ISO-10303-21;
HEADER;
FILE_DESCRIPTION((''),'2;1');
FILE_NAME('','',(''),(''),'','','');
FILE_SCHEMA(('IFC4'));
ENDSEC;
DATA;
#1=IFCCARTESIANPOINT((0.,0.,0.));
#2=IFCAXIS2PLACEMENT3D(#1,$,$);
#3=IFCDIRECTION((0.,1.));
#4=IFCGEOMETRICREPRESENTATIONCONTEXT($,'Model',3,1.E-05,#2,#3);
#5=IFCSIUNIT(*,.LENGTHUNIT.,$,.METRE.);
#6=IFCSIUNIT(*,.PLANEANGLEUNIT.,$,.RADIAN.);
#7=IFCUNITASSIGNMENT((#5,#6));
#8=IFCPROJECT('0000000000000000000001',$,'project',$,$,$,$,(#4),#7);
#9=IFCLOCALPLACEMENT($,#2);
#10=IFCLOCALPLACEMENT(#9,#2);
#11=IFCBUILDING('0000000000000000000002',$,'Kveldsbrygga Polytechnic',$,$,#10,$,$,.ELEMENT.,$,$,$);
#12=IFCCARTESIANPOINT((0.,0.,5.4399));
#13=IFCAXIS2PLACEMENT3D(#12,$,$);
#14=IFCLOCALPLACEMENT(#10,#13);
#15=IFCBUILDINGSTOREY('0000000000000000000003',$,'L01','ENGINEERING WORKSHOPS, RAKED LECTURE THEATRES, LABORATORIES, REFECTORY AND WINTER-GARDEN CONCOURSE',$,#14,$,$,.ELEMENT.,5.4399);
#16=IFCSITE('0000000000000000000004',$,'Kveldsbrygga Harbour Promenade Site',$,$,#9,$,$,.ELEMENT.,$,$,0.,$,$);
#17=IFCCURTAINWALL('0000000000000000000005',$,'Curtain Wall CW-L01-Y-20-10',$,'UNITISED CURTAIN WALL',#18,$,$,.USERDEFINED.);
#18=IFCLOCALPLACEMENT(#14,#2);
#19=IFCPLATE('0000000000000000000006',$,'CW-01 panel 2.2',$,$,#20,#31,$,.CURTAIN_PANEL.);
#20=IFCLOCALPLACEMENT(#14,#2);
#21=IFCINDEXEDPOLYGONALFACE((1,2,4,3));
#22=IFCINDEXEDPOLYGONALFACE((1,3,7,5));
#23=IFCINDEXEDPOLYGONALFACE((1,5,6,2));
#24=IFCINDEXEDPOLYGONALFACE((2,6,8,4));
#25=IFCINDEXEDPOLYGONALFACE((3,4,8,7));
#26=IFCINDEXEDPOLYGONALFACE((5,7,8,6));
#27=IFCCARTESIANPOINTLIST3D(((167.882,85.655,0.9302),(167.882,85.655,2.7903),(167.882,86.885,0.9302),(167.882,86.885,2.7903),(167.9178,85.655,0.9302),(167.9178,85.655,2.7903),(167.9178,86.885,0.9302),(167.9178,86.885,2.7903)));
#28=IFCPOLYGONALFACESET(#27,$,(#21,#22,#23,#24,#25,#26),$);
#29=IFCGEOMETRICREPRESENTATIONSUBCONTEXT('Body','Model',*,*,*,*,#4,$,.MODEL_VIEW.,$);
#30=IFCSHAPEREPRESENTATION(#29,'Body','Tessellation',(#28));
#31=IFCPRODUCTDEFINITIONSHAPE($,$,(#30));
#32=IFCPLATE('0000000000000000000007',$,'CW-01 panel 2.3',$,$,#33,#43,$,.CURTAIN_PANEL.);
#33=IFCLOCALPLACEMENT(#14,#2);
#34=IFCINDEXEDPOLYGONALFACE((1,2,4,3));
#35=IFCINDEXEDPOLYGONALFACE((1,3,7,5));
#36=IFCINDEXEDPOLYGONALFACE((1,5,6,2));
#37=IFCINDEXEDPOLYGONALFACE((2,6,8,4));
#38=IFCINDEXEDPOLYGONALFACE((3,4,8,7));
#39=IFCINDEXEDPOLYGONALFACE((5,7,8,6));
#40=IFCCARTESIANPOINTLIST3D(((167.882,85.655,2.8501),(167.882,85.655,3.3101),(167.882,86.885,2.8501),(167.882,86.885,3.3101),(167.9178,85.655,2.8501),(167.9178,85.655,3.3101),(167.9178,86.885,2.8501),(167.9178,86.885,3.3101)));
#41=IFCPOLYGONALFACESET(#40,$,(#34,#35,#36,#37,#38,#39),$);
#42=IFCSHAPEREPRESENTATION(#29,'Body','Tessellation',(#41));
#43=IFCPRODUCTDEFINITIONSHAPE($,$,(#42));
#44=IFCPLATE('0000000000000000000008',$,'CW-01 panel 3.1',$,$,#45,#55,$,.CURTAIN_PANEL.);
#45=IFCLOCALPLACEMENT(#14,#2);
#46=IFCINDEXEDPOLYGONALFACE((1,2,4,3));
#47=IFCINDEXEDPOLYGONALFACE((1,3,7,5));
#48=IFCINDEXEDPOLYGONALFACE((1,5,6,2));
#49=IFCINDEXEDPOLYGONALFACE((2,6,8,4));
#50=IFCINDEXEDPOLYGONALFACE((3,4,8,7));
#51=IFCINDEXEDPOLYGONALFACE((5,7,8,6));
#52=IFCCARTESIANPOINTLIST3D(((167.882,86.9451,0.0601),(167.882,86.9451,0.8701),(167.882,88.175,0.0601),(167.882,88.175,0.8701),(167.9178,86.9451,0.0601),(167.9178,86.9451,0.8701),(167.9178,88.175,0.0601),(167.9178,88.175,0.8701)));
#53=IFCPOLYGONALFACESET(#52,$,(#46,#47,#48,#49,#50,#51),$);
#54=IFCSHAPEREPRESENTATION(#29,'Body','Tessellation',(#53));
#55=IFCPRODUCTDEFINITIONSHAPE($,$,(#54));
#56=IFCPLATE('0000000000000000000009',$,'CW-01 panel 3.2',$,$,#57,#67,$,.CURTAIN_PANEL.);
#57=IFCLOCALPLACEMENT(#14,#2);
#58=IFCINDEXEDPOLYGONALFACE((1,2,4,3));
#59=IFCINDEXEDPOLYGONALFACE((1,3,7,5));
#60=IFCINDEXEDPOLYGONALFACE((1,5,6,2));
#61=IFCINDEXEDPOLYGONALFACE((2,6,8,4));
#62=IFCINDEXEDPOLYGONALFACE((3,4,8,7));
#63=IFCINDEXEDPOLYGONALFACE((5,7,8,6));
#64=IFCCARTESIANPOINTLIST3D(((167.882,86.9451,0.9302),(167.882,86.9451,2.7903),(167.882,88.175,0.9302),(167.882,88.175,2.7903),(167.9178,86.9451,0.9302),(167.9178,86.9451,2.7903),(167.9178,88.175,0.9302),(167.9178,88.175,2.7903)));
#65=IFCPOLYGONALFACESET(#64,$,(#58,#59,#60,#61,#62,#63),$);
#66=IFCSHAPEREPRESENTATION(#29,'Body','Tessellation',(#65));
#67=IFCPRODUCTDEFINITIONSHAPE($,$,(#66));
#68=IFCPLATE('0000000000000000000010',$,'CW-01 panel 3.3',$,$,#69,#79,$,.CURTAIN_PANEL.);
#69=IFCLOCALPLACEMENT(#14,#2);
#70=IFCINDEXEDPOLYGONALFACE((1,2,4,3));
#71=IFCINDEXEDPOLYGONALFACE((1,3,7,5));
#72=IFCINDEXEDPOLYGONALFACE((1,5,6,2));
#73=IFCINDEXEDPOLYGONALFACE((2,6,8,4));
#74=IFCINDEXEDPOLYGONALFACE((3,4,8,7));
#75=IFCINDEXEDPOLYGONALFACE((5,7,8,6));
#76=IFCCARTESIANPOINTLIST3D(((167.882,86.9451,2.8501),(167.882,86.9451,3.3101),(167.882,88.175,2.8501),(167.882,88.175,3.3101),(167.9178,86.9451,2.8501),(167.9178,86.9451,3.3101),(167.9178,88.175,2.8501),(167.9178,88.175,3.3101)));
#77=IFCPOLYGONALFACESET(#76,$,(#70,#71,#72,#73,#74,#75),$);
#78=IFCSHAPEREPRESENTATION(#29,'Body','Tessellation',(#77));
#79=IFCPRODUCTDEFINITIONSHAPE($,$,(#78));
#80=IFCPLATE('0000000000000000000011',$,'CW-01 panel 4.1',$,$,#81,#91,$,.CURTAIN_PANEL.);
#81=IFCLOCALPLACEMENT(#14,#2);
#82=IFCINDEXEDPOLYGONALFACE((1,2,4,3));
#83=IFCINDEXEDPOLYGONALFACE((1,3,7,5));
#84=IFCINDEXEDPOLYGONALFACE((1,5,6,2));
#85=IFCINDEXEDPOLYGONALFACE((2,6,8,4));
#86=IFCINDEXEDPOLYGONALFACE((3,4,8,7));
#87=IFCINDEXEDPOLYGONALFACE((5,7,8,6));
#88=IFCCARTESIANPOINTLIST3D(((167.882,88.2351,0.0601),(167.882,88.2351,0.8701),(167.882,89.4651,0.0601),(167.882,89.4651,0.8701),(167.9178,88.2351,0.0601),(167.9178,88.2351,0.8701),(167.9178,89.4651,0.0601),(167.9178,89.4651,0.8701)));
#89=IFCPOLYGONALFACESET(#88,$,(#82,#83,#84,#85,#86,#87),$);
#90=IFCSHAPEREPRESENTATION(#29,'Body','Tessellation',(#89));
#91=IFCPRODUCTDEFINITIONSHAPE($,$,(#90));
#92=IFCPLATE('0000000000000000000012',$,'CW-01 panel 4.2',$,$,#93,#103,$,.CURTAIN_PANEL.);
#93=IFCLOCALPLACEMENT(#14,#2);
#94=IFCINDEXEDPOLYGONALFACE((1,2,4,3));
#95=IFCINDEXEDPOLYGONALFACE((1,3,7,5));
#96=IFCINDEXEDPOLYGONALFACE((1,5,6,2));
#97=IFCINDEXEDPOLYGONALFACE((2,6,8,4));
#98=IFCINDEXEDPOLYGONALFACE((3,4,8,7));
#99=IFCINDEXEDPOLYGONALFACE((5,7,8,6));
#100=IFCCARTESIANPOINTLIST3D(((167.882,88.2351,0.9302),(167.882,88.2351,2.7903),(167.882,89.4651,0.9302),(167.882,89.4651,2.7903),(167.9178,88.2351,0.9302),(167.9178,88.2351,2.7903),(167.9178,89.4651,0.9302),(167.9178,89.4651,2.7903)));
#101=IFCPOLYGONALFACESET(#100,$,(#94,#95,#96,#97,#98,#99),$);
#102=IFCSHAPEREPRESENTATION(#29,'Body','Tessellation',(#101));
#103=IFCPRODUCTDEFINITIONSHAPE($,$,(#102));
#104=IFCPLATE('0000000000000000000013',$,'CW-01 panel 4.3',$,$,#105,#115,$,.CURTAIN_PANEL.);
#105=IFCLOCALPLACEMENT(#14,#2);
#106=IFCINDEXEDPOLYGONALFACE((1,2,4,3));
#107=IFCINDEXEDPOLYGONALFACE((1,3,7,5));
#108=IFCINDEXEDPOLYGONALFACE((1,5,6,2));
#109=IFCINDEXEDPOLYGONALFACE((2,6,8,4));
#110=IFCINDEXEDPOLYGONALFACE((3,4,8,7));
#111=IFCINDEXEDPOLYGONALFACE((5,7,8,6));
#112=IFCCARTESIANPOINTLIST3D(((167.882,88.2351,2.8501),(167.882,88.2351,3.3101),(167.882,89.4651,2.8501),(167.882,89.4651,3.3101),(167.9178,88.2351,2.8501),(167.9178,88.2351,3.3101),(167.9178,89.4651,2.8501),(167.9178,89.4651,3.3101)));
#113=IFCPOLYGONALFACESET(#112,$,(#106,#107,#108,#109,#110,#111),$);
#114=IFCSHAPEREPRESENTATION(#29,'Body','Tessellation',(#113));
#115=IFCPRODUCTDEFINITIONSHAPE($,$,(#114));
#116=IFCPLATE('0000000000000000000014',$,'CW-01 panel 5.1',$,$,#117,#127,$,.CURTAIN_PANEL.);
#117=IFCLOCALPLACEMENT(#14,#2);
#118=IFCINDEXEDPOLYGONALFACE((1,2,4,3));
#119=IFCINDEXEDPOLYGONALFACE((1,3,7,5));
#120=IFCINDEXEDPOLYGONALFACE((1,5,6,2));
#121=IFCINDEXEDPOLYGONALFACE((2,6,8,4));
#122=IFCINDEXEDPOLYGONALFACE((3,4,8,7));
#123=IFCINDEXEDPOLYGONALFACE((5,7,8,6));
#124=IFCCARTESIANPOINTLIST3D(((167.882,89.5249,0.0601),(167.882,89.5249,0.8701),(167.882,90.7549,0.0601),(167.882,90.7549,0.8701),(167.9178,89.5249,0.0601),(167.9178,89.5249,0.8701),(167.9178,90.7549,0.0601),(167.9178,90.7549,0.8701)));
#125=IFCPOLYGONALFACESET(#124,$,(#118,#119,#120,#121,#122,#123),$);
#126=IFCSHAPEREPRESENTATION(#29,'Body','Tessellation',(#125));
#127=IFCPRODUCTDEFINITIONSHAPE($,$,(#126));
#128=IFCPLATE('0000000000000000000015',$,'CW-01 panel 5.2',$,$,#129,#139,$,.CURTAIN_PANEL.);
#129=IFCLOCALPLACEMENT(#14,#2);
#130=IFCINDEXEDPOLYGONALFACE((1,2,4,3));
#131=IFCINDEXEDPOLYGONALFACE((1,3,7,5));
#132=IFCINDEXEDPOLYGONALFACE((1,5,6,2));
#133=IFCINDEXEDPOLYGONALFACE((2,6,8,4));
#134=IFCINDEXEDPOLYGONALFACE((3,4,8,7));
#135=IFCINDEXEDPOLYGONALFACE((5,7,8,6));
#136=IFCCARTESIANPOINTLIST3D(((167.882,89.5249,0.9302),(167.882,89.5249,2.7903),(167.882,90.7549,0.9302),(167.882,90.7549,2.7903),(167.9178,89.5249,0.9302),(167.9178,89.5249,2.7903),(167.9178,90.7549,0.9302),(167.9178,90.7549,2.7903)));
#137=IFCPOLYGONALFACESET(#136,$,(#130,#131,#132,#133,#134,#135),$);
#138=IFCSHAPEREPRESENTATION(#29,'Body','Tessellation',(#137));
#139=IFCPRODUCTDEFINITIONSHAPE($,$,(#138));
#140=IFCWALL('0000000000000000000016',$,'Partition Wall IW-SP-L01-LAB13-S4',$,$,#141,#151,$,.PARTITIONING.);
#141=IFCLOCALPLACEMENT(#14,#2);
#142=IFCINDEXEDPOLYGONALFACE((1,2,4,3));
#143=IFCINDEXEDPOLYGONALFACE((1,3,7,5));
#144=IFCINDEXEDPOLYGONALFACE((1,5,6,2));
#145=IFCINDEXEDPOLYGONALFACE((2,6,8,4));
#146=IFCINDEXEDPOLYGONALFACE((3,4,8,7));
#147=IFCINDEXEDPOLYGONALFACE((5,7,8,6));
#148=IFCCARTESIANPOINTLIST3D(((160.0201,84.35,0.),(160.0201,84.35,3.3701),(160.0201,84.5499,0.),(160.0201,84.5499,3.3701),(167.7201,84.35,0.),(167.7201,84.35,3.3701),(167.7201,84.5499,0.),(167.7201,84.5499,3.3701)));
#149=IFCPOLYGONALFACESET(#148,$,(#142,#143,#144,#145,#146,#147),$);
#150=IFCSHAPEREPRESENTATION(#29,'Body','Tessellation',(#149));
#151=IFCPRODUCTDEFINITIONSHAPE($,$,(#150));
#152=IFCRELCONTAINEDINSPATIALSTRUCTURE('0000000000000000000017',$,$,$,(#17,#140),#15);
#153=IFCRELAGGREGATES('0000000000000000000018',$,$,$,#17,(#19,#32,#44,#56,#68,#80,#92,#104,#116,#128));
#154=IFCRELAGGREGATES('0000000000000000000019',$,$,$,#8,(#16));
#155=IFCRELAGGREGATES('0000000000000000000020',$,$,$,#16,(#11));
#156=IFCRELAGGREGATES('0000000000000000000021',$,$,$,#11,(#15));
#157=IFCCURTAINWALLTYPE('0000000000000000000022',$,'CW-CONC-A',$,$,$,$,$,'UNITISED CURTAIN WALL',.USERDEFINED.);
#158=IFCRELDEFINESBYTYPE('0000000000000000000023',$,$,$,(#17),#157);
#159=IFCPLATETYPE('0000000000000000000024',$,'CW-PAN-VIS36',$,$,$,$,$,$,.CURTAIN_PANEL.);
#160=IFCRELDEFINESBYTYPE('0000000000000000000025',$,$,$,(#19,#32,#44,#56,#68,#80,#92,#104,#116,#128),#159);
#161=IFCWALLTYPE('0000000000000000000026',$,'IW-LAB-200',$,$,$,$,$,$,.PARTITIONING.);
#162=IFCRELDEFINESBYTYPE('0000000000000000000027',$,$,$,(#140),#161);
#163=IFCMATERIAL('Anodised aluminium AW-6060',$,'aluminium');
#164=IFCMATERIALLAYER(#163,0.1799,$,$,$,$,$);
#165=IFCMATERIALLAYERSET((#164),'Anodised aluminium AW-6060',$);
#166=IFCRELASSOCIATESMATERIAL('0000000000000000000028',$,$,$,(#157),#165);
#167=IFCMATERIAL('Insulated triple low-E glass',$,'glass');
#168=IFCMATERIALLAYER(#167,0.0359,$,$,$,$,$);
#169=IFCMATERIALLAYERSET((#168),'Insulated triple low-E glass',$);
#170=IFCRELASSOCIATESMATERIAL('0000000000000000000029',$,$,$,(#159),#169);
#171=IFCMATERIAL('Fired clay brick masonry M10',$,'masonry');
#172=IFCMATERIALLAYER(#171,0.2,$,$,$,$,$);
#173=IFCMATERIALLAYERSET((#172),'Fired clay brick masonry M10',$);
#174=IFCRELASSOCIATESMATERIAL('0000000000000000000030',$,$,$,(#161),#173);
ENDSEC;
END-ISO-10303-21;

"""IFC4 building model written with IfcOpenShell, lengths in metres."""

from ifc_helpers import new_model, si_unit, direction, frame, frame_2d, origin, origin_2d, place, context, subcontext, project, spatial, rectangle, extrude, material, layer, layer_set, type_object, element, aggregate, save


model = new_model("IFC4")

# Units and contexts
model_context = context("Model", 3, precision=1e-05, world=origin(), true_north=direction((0.0, 1.0)))
body_context = subcontext(model_context, "Body", "Model", "MODEL_VIEW")
ifc_project = project(units=[si_unit("LENGTHUNIT", "METRE"), si_unit("PLANEANGLEUNIT", "RADIAN")], contexts=[model_context])

# Site, building, storey
site_placement = place(None, origin())
site = spatial("IfcSite", under=ifc_project, at=site_placement, Name="Kveldsbrygga Harbour Promenade Site", CompositionType="ELEMENT", RefElevation=0.0)
building_placement = place(site_placement, origin())
building = spatial("IfcBuilding", under=site, at=building_placement, Name="Kveldsbrygga Polytechnic", CompositionType="ELEMENT")
storey_placement = place(building_placement, frame((0.0, 0.0, 5.4399)))
storey = spatial("IfcBuildingStorey", under=building, at=storey_placement, Name="L01", Description="ENGINEERING WORKSHOPS, RAKED LECTURE THEATRES, LABORATORIES, REFECTORY AND WINTER-GARDEN CONCOURSE", CompositionType="ELEMENT", Elevation=5.4399)

# Curtain wall
ifc_material_1 = material(Name="Anodised aluminium AW-6060", Category="aluminium")
ifc_layer_1 = layer(ifc_material_1, 0.1799)
ifc_layer_set_1 = layer_set([ifc_layer_1], Name="Anodised aluminium AW-6060")
curtain_wall_type = type_object("IfcCurtainWallType", Name="CW-CONC-A", ElementType="UNITISED CURTAIN WALL", PredefinedType="USERDEFINED", material=ifc_layer_set_1)
curtain_wall_placement = place(storey_placement, origin())
curtain_wall = element("IfcCurtainWall", 1, at=curtain_wall_placement, inside=storey, type_object=curtain_wall_type, Name="Curtain Wall CW-L01-Y-20-10", ObjectType="UNITISED CURTAIN WALL", PredefinedType="USERDEFINED")

# Plates
ifc_material_2 = material(Name="Insulated triple low-E glass", Category="glass")
ifc_layer_2 = layer(ifc_material_2, 0.0359)
ifc_layer_set_2 = layer_set([ifc_layer_2], Name="Insulated triple low-E glass")
plate_type = type_object("IfcPlateType", Name="CW-PAN-VIS36", PredefinedType="CURTAIN_PANEL", material=ifc_layer_set_2)
plate_1_placement = place(storey_placement, frame((167.8999, 86.27, 0.9302), z_axis=(0.0, 0.0, 1.0), x_axis=(0.0, 1.0, 0.0)))
plate_1 = element("IfcPlate", 2, at=plate_1_placement, type_object=plate_type, Name="CW-01 panel 2.2", PredefinedType="CURTAIN_PANEL", context=body_context, shape_type="SweptSolid", body=[
    extrude(rectangle(XDim=1.23, YDim=0.0359, at=origin_2d()), origin(), (0.0, 0.0, 1.0), 1.8601),
])
plate_2_placement = place(storey_placement, frame((167.8999, 86.27, 2.8501), z_axis=(0.0, 0.0, 1.0), x_axis=(0.0, 1.0, 0.0)))
plate_2 = element("IfcPlate", 3, at=plate_2_placement, type_object=plate_type, Name="CW-01 panel 2.3", PredefinedType="CURTAIN_PANEL", context=body_context, shape_type="SweptSolid", body=[
    extrude(rectangle(XDim=1.23, YDim=0.0359, at=origin_2d()), origin(), (0.0, 0.0, 1.0), 0.46),
])
plate_3_placement = place(storey_placement, frame((167.8999, 87.5601, 0.0601), z_axis=(0.0, 0.0, 1.0), x_axis=(0.0, 1.0, 0.0)))
plate_3 = element("IfcPlate", 4, at=plate_3_placement, type_object=plate_type, Name="CW-01 panel 3.1", PredefinedType="CURTAIN_PANEL", context=body_context, shape_type="SweptSolid", body=[
    extrude(rectangle(XDim=1.23, YDim=0.0359, at=origin_2d()), origin(), (0.0, 0.0, 1.0), 0.8101),
])
plate_4_placement = place(storey_placement, frame((167.8999, 87.5601, 0.9302), z_axis=(0.0, 0.0, 1.0), x_axis=(0.0, 1.0, 0.0)))
plate_4 = element("IfcPlate", 5, at=plate_4_placement, type_object=plate_type, Name="CW-01 panel 3.2", PredefinedType="CURTAIN_PANEL", context=body_context, shape_type="SweptSolid", body=[
    extrude(rectangle(XDim=1.23, YDim=0.0359, at=origin_2d()), origin(), (0.0, 0.0, 1.0), 1.8601),
])
plate_5_placement = place(storey_placement, frame((167.8999, 87.5601, 2.8501), z_axis=(0.0, 0.0, 1.0), x_axis=(0.0, 1.0, 0.0)))
plate_5 = element("IfcPlate", 6, at=plate_5_placement, type_object=plate_type, Name="CW-01 panel 3.3", PredefinedType="CURTAIN_PANEL", context=body_context, shape_type="SweptSolid", body=[
    extrude(rectangle(XDim=1.23, YDim=0.0359, at=origin_2d()), origin(), (0.0, 0.0, 1.0), 0.46),
])
plate_6_placement = place(storey_placement, frame((167.8999, 88.8501, 0.0601), z_axis=(0.0, 0.0, 1.0), x_axis=(0.0, 1.0, 0.0)))
plate_6 = element("IfcPlate", 7, at=plate_6_placement, type_object=plate_type, Name="CW-01 panel 4.1", PredefinedType="CURTAIN_PANEL", context=body_context, shape_type="SweptSolid", body=[
    extrude(rectangle(XDim=1.23, YDim=0.0359, at=origin_2d()), origin(), (0.0, 0.0, 1.0), 0.8101),
])
plate_7_placement = place(storey_placement, frame((167.8999, 88.8501, 0.9302), z_axis=(0.0, 0.0, 1.0), x_axis=(0.0, 1.0, 0.0)))
plate_7 = element("IfcPlate", 8, at=plate_7_placement, type_object=plate_type, Name="CW-01 panel 4.2", PredefinedType="CURTAIN_PANEL", context=body_context, shape_type="SweptSolid", body=[
    extrude(rectangle(XDim=1.23, YDim=0.0359, at=origin_2d()), origin(), (0.0, 0.0, 1.0), 1.8601),
])
plate_8_placement = place(storey_placement, frame((167.8999, 88.8501, 2.8501), z_axis=(0.0, 0.0, 1.0), x_axis=(0.0, 1.0, 0.0)))
plate_8 = element("IfcPlate", 9, at=plate_8_placement, type_object=plate_type, Name="CW-01 panel 4.3", PredefinedType="CURTAIN_PANEL", context=body_context, shape_type="SweptSolid", body=[
    extrude(rectangle(XDim=1.23, YDim=0.0359, at=origin_2d()), origin(), (0.0, 0.0, 1.0), 0.46),
])
plate_9_placement = place(storey_placement, frame((167.8999, 90.1399, 0.0601), z_axis=(0.0, 0.0, 1.0), x_axis=(0.0, 1.0, 0.0)))
plate_9 = element("IfcPlate", 10, at=plate_9_placement, type_object=plate_type, Name="CW-01 panel 5.1", PredefinedType="CURTAIN_PANEL", context=body_context, shape_type="SweptSolid", body=[
    extrude(rectangle(XDim=1.23, YDim=0.0359, at=origin_2d()), origin(), (0.0, 0.0, 1.0), 0.8101),
])
plate_10_placement = place(storey_placement, frame((167.8999, 90.1399, 0.9302), z_axis=(0.0, 0.0, 1.0), x_axis=(0.0, 1.0, 0.0)))
plate_10 = element("IfcPlate", 11, at=plate_10_placement, type_object=plate_type, Name="CW-01 panel 5.2", PredefinedType="CURTAIN_PANEL", context=body_context, shape_type="SweptSolid", body=[
    extrude(rectangle(XDim=1.23, YDim=0.0359, at=origin_2d()), origin(), (0.0, 0.0, 1.0), 1.8601),
])
aggregate(curtain_wall, [plate_1, plate_2, plate_3, plate_4, plate_5, plate_6, plate_7, plate_8, plate_9, plate_10])

# Wall
ifc_material_3 = material(Name="Fired clay brick masonry M10", Category="masonry")
ifc_layer_3 = layer(ifc_material_3, 0.2)
ifc_layer_set_3 = layer_set([ifc_layer_3], Name="Fired clay brick masonry M10")
wall_type = type_object("IfcWallType", Name="IW-LAB-200", PredefinedType="PARTITIONING", material=ifc_layer_set_3)
wall_placement = place(storey_placement, frame((160.02, 84.45, 0.0), z_axis=(0.0, 0.0, 1.0), x_axis=(1.0, 0.0, 0.0)))
element("IfcWall", 12, at=wall_placement, inside=storey, type_object=wall_type, Name="Partition Wall IW-SP-L01-LAB13-S4", PredefinedType="PARTITIONING", context=body_context, shape_type="SweptSolid", body=[
    extrude(rectangle(XDim=7.7, YDim=0.2, at=frame_2d((3.8501, 0.0))), origin(), (0.0, 0.0, 1.0), 3.3701),
])

save(model, "model.ifc")
